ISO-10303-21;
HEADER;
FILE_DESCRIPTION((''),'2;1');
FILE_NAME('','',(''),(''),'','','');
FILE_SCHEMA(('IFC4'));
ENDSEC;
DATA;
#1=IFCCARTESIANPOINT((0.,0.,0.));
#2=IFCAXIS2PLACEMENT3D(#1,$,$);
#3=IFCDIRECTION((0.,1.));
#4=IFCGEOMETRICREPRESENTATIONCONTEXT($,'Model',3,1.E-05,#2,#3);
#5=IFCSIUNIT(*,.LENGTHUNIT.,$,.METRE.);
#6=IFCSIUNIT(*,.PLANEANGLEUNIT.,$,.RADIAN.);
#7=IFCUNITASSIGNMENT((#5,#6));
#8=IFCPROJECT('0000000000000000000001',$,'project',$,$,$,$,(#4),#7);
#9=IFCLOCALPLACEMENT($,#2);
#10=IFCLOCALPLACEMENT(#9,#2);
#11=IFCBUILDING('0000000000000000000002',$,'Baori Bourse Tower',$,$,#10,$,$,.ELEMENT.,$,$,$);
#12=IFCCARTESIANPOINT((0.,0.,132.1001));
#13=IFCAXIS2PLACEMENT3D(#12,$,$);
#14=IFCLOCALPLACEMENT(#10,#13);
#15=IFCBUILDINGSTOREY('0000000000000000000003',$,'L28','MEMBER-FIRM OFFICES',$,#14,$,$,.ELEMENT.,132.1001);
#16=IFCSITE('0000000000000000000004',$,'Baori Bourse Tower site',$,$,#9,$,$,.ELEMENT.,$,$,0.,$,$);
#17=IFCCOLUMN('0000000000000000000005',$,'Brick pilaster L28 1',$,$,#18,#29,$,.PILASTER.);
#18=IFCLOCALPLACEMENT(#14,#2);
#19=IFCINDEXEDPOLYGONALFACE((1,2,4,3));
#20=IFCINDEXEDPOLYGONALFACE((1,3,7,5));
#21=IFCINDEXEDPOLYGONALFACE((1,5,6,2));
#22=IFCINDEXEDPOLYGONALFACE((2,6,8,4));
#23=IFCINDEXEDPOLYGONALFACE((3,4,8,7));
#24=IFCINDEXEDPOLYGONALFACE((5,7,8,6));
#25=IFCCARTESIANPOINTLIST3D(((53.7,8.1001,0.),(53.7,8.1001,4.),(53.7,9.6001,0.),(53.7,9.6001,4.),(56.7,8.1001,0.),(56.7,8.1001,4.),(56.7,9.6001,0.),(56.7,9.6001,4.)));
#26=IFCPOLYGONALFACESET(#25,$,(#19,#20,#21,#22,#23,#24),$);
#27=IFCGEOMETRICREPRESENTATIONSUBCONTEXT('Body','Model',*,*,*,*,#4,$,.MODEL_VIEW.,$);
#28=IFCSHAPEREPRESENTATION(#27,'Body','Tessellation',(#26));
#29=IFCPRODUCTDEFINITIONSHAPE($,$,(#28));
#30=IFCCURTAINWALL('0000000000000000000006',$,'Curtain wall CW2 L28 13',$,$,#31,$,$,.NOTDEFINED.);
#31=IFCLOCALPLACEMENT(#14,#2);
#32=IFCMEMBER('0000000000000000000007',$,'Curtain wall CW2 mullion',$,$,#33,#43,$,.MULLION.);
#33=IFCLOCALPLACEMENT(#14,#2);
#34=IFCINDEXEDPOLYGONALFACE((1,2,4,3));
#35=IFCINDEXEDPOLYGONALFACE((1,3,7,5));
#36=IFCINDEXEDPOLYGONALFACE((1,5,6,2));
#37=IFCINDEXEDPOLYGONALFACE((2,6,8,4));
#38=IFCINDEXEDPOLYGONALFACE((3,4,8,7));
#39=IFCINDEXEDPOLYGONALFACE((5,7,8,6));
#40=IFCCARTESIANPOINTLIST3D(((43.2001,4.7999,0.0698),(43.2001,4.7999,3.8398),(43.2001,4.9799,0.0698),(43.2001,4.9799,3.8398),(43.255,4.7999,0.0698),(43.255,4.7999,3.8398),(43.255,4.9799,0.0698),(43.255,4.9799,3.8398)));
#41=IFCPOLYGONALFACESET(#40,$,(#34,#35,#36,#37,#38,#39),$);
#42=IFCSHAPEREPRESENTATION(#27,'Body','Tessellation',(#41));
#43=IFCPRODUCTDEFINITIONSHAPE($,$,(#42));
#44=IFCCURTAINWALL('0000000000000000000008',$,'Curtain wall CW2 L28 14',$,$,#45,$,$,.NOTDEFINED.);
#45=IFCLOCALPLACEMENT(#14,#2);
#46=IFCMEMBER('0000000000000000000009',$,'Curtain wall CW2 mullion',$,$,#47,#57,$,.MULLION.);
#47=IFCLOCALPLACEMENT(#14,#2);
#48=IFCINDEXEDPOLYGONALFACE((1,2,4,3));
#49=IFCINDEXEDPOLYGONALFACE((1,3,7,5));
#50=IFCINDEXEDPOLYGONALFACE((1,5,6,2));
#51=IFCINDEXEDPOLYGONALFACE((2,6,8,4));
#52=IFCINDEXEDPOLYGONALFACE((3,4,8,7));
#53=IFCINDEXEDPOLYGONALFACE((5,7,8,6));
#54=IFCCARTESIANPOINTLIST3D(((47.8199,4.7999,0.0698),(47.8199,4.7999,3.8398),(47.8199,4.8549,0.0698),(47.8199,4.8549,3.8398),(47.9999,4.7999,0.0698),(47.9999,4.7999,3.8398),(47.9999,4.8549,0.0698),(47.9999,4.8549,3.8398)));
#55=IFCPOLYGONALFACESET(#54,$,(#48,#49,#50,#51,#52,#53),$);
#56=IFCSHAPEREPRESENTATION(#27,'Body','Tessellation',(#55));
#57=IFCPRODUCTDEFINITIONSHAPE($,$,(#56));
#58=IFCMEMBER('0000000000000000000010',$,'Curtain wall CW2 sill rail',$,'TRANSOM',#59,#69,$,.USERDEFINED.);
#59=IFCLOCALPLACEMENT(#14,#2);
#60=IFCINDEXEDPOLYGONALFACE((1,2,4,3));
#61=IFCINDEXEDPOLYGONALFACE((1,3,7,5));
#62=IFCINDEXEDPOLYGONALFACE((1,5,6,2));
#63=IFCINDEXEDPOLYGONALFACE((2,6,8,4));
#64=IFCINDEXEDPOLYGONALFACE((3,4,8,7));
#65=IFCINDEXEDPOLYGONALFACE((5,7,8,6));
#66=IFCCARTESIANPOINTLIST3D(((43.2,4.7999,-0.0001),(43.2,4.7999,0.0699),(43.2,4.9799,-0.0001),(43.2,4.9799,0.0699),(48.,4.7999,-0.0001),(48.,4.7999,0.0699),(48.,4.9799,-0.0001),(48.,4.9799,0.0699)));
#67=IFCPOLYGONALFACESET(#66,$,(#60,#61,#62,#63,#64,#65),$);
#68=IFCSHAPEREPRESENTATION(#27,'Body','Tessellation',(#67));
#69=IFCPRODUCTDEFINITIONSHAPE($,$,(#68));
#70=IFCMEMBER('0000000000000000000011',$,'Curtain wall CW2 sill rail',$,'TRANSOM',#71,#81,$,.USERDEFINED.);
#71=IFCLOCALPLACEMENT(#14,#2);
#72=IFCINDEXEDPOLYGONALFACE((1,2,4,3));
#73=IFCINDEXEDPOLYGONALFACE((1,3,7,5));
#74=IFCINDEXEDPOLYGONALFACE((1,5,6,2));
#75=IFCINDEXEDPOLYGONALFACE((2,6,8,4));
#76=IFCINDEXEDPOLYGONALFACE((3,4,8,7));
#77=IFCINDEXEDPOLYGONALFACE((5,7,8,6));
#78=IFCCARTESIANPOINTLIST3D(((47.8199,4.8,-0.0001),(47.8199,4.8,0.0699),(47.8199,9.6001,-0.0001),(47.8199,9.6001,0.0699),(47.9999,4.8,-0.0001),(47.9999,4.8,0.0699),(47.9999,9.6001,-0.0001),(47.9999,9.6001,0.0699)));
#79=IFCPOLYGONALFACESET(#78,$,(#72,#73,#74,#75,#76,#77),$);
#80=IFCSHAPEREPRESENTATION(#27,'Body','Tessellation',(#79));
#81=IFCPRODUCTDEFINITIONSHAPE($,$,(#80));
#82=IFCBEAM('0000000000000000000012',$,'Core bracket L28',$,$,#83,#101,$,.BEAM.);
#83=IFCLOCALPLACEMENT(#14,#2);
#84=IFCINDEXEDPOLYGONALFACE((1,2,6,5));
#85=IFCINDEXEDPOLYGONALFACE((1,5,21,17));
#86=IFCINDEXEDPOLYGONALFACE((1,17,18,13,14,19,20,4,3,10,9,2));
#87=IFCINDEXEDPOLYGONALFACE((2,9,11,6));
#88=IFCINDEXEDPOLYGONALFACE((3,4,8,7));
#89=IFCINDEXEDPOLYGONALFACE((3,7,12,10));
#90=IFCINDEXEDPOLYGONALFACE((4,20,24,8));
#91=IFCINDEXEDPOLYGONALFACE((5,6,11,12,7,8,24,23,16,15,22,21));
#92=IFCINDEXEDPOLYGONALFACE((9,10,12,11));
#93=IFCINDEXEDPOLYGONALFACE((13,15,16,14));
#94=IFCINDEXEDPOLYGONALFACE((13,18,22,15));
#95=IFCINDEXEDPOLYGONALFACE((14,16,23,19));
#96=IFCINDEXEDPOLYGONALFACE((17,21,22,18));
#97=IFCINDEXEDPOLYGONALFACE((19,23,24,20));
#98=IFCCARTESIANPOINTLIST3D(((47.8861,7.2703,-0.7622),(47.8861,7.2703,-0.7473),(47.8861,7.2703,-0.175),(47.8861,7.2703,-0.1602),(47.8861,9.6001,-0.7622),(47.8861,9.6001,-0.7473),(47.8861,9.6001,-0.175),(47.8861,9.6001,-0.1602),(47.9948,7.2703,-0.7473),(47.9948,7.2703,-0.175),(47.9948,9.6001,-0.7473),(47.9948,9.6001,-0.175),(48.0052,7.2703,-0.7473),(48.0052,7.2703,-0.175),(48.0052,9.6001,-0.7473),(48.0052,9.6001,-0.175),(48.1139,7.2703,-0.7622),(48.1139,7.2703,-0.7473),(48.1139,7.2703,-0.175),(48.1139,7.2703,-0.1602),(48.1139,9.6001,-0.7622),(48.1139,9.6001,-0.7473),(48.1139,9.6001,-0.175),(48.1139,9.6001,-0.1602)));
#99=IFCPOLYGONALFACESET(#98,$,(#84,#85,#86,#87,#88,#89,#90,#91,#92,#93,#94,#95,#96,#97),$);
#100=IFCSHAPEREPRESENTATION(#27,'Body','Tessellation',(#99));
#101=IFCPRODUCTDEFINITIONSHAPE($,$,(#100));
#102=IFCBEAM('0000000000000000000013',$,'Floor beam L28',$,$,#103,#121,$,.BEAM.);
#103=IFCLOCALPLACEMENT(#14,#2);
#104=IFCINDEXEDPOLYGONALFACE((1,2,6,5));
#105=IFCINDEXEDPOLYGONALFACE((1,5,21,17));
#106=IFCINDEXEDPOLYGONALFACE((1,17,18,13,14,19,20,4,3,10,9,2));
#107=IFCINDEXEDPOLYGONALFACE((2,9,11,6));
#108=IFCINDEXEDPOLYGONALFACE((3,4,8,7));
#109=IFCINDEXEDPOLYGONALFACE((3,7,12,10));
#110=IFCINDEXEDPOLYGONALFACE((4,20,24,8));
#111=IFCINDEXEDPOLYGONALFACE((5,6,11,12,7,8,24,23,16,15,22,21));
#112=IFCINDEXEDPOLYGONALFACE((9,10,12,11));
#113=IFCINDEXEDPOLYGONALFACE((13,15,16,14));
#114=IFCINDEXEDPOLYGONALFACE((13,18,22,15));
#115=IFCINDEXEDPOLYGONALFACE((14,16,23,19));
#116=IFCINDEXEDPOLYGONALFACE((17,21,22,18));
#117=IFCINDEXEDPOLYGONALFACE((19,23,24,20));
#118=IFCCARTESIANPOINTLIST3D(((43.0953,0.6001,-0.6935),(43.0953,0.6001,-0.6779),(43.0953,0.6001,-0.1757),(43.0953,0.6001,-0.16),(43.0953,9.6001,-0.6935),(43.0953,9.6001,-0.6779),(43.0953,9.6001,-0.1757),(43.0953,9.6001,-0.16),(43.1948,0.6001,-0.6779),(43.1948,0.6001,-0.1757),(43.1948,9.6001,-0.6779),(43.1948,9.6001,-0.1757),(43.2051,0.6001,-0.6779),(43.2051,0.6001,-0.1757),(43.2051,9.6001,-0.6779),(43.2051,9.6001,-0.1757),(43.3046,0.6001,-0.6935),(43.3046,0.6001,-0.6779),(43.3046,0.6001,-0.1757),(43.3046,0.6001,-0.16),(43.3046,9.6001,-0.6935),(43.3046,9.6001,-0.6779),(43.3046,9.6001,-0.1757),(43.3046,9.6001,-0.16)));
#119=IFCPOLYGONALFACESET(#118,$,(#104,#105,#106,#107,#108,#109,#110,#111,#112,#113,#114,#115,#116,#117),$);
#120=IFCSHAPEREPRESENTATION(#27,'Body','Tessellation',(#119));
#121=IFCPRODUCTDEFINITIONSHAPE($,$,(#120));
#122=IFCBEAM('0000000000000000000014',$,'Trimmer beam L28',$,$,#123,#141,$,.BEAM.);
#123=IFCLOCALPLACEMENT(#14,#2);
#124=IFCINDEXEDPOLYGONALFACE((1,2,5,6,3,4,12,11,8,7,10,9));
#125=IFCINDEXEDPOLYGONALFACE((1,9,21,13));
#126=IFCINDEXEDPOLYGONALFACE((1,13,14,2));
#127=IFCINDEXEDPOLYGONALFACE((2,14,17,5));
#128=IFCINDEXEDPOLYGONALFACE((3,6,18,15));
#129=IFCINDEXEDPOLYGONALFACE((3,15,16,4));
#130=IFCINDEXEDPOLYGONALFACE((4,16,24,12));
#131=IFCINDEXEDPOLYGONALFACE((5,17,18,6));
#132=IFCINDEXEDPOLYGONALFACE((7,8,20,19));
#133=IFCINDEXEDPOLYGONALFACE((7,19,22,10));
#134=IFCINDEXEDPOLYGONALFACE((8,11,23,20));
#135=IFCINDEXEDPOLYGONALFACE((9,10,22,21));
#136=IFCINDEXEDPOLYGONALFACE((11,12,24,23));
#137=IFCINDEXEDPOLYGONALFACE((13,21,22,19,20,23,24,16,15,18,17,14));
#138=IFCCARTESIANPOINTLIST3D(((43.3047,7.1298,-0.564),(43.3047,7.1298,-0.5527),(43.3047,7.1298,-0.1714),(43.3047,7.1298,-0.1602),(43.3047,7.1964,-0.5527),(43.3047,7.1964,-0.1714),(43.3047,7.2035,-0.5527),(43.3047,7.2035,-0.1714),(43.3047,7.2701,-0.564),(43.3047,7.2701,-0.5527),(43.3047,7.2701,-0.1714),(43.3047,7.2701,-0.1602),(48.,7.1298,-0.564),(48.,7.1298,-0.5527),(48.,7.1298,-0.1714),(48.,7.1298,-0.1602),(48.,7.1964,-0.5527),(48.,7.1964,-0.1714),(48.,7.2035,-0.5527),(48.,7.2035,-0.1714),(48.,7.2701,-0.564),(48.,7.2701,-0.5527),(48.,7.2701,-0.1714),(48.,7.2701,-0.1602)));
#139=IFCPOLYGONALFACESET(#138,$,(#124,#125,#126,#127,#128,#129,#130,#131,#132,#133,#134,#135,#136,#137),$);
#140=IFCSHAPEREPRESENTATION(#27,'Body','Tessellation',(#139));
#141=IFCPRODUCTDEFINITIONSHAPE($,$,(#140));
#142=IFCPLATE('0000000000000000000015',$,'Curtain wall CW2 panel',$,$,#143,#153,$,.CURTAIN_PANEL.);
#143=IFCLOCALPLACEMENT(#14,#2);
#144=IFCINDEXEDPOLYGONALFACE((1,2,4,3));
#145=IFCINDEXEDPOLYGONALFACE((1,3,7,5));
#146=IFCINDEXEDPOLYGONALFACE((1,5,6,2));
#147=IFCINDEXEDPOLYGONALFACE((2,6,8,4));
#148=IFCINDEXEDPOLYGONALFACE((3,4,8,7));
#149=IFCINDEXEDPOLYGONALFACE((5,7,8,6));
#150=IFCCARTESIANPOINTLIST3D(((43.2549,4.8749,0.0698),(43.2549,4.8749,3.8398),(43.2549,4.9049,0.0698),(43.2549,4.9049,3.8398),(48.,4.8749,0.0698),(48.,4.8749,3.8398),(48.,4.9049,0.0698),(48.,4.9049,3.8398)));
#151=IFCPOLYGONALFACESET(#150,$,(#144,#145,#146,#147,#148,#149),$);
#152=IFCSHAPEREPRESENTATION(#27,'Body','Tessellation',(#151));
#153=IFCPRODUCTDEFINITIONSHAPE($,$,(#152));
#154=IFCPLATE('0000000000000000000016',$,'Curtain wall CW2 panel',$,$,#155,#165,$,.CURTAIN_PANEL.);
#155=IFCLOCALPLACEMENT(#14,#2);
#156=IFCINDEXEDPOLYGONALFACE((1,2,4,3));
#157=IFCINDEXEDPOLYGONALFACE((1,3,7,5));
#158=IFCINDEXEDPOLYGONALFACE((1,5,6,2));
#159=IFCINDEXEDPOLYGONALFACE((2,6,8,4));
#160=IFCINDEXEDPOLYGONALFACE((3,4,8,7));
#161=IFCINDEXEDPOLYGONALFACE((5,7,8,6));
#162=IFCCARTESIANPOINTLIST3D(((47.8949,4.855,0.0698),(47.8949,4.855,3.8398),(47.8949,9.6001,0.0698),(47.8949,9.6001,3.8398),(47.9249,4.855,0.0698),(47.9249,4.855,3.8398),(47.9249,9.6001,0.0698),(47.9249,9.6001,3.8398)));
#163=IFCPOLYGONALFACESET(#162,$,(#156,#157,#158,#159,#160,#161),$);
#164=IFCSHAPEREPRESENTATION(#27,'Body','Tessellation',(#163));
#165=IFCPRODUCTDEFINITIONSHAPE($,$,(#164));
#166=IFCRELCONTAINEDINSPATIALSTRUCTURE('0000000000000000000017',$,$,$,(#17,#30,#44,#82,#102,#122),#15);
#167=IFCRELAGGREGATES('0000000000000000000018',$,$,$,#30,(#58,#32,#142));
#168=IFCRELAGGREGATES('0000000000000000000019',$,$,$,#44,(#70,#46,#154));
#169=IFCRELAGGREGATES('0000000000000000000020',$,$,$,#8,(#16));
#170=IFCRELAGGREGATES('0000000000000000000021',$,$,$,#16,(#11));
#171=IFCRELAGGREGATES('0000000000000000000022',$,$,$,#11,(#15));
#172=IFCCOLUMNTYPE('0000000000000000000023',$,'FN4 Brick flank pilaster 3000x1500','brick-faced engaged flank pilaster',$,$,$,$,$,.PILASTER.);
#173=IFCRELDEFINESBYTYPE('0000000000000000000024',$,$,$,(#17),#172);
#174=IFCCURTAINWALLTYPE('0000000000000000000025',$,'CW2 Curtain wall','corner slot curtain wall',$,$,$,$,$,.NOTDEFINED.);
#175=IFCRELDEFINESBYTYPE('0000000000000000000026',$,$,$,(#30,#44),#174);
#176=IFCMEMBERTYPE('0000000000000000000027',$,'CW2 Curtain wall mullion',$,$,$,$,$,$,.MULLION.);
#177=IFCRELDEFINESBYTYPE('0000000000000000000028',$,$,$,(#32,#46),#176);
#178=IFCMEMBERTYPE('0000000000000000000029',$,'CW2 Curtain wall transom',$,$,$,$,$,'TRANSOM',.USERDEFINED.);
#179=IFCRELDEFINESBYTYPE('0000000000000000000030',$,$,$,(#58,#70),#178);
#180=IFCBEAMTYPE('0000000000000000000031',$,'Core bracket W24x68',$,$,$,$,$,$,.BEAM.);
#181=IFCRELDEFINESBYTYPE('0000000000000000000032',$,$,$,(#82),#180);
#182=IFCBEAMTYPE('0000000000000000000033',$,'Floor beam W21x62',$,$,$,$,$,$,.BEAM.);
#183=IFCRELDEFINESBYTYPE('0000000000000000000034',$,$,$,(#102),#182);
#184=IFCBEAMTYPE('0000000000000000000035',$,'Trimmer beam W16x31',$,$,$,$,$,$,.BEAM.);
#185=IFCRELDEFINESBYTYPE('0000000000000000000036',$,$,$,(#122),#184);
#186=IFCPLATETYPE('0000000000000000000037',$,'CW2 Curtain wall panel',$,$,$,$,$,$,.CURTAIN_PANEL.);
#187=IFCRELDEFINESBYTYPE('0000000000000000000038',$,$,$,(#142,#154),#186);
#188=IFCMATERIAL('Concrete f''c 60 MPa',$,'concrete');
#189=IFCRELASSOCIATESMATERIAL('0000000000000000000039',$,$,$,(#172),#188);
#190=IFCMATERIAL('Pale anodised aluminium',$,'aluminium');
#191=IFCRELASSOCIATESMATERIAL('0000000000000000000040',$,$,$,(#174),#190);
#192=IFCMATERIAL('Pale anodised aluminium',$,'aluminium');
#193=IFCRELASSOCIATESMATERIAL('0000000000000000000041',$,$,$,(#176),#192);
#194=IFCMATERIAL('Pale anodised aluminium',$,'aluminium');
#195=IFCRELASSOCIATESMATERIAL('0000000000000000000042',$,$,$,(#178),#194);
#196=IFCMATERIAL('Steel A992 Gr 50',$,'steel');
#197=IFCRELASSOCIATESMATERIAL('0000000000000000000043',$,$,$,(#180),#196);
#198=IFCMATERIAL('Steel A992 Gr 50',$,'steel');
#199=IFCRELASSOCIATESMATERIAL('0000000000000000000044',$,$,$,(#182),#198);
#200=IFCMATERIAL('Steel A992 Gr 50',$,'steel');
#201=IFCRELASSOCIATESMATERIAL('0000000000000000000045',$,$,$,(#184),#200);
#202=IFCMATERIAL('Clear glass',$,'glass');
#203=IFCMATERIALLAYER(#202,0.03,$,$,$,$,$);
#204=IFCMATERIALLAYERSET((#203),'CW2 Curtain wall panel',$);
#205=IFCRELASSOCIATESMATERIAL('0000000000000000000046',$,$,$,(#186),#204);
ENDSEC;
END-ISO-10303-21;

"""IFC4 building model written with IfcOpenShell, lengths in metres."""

from ifc_helpers import new_model, si_unit, direction, frame, origin, origin_2d, place, context, subcontext, project, spatial, rectangle, i_section, extrude, material, layer, layer_set, material_profile, profile_set, type_object, element, aggregate, save


model = new_model("IFC4")

# Units and contexts
model_context = context("Model", 3, precision=1e-05, world=origin(), true_north=direction((0.0, 1.0)))
body_context = subcontext(model_context, "Body", "Model", "MODEL_VIEW")
ifc_project = project(units=[si_unit("LENGTHUNIT", "METRE"), si_unit("PLANEANGLEUNIT", "RADIAN")], contexts=[model_context])

# Site, building, storey
site_placement = place(None, origin())
site = spatial("IfcSite", under=ifc_project, at=site_placement, Name="Baori Bourse Tower site", CompositionType="ELEMENT", RefElevation=0.0)
building_placement = place(site_placement, origin())
building = spatial("IfcBuilding", under=site, at=building_placement, Name="Baori Bourse Tower", CompositionType="ELEMENT")
storey_placement = place(building_placement, frame((0.0, 0.0, 132.1001)))
storey = spatial("IfcBuildingStorey", under=building, at=storey_placement, Name="L28", Description="MEMBER-FIRM OFFICES", CompositionType="ELEMENT", Elevation=132.1001)

# Column
ifc_material_1 = material(Name="Concrete f'c 60 MPa", Category="concrete")
ifc_material_profile_1 = material_profile(ifc_material_1, rectangle(XDim=3.0, YDim=1.5, at=origin_2d()), Name="RC 3000x1500")
ifc_profile_set_1 = profile_set([ifc_material_profile_1], Name="Concrete f'c 60 MPa")
column_type = type_object("IfcColumnType", Name="FN4 Brick flank pilaster 3000x1500", Description="brick-faced engaged flank pilaster", PredefinedType="PILASTER", material=ifc_profile_set_1)
column_placement = place(storey_placement, frame((55.2, 8.8501, 0.0), z_axis=(0.0, 0.0, 1.0), x_axis=(1.0, 0.0, 0.0)))
element("IfcColumn", 1, at=column_placement, inside=storey, type_object=column_type, Name="Brick pilaster L28 1", PredefinedType="PILASTER", context=body_context, shape_type="SweptSolid", body=[
    extrude(rectangle(XDim=3.0, YDim=1.5, at=origin_2d()), origin(), (0.0, 0.0, 1.0), 4.0),
])

# Curtain walls, members
ifc_material_2 = material(Name="Pale anodised aluminium", Category="aluminium")
curtain_wall_type = type_object("IfcCurtainWallType", Name="CW2 Curtain wall", Description="corner slot curtain wall", PredefinedType="NOTDEFINED", material=ifc_material_2)
curtain_wall_1_placement = place(storey_placement, origin())
curtain_wall_1 = element("IfcCurtainWall", 2, at=curtain_wall_1_placement, inside=storey, type_object=curtain_wall_type, Name="Curtain wall CW2 L28 13", PredefinedType="NOTDEFINED")
ifc_material_3 = material(Name="Pale anodised aluminium", Category="aluminium")
ifc_material_profile_2 = material_profile(ifc_material_3, rectangle(XDim=0.1799, YDim=0.0549, at=origin_2d()), Name="Mullion 55x180")
ifc_profile_set_2 = profile_set([ifc_material_profile_2], Name="Pale anodised aluminium")
member_type_1 = type_object("IfcMemberType", Name="CW2 Curtain wall mullion", PredefinedType="MULLION", material=ifc_profile_set_2)
member_1_placement = place(storey_placement, frame((43.2275, 4.8899, 0.0698), z_axis=(0.0, 0.0, 1.0), x_axis=(0.0, 1.0, 0.0)))
member_1 = element("IfcMember", 3, at=member_1_placement, type_object=member_type_1, Name="Curtain wall CW2 mullion", PredefinedType="MULLION", context=body_context, shape_type="SweptSolid", body=[
    extrude(rectangle(XDim=0.1799, YDim=0.0549, at=origin_2d()), origin(), (0.0, 0.0, 1.0), 3.77),
])
curtain_wall_2_placement = place(storey_placement, origin())
curtain_wall_2 = element("IfcCurtainWall", 4, at=curtain_wall_2_placement, inside=storey, type_object=curtain_wall_type, Name="Curtain wall CW2 L28 14", PredefinedType="NOTDEFINED")
member_2_placement = place(storey_placement, frame((47.9099, 4.8274, 0.0698), z_axis=(0.0, 0.0, 1.0), x_axis=(-1.0, 0.0, 0.0)))
member_2 = element("IfcMember", 5, at=member_2_placement, type_object=member_type_1, Name="Curtain wall CW2 mullion", PredefinedType="MULLION", context=body_context, shape_type="SweptSolid", body=[
    extrude(rectangle(XDim=0.1799, YDim=0.0549, at=origin_2d()), origin(), (0.0, 0.0, 1.0), 3.77),
])

# Members
ifc_material_4 = material(Name="Pale anodised aluminium", Category="aluminium")
ifc_material_profile_3 = material_profile(ifc_material_4, rectangle(XDim=0.1799, YDim=0.0701, at=origin_2d()), Name="Transom 70x180")
ifc_profile_set_3 = profile_set([ifc_material_profile_3], Name="Pale anodised aluminium")
member_type_2 = type_object("IfcMemberType", Name="CW2 Curtain wall transom", ElementType="TRANSOM", PredefinedType="USERDEFINED", material=ifc_profile_set_3)
member_3_placement = place(storey_placement, frame((43.2, 4.8899, 0.0349), z_axis=(1.0, 0.0, 0.0), x_axis=(0.0, 1.0, 0.0)))
member_3 = element("IfcMember", 6, at=member_3_placement, type_object=member_type_2, Name="Curtain wall CW2 sill rail", ObjectType="TRANSOM", PredefinedType="USERDEFINED", context=body_context, shape_type="SweptSolid", body=[
    extrude(rectangle(XDim=0.1799, YDim=0.0701, at=origin_2d()), origin(), (0.0, 0.0, 1.0), 4.8),
])
member_4_placement = place(storey_placement, frame((47.9099, 4.8, 0.0349), z_axis=(0.0, 1.0, 0.0), x_axis=(-1.0, 0.0, 0.0)))
member_4 = element("IfcMember", 7, at=member_4_placement, type_object=member_type_2, Name="Curtain wall CW2 sill rail", ObjectType="TRANSOM", PredefinedType="USERDEFINED", context=body_context, shape_type="SweptSolid", body=[
    extrude(rectangle(XDim=0.1799, YDim=0.0701, at=origin_2d()), origin(), (0.0, 0.0, 1.0), 4.8),
])

# Beams
ifc_material_5 = material(Name="Steel A992 Gr 50", Category="steel")
ifc_material_profile_4 = material_profile(ifc_material_5, i_section(OverallWidth=0.2278, OverallDepth=0.6021, WebThickness=0.0105, FlangeThickness=0.0149, at=origin_2d()), Name="W24x68")
ifc_profile_set_4 = profile_set([ifc_material_profile_4], Name="Steel A992 Gr 50")
beam_type_1 = type_object("IfcBeamType", Name="Core bracket W24x68", PredefinedType="BEAM", material=ifc_profile_set_4)
beam_1_placement = place(storey_placement, frame((48.0, 7.2703, -0.4612), z_axis=(0.0, 1.0, 0.0), x_axis=(-1.0, 0.0, 0.0)))
element("IfcBeam", 8, at=beam_1_placement, inside=storey, type_object=beam_type_1, Name="Core bracket L28", PredefinedType="BEAM", context=body_context, shape_type="SweptSolid", body=[
    extrude(i_section(OverallWidth=0.2278, OverallDepth=0.6021, WebThickness=0.0105, FlangeThickness=0.0149, at=origin_2d()), origin(), (0.0, 0.0, 1.0), 2.3298),
])
ifc_material_6 = material(Name="Steel A992 Gr 50", Category="steel")
ifc_material_profile_5 = material_profile(ifc_material_6, i_section(OverallWidth=0.2092, OverallDepth=0.5334, WebThickness=0.0103, FlangeThickness=0.0156, at=origin_2d()), Name="W21x62")
ifc_profile_set_5 = profile_set([ifc_material_profile_5], Name="Steel A992 Gr 50")
beam_type_2 = type_object("IfcBeamType", Name="Floor beam W21x62", PredefinedType="BEAM", material=ifc_profile_set_5)
beam_2_placement = place(storey_placement, frame((43.2, 0.6001, -0.4268), z_axis=(0.0, 1.0, 0.0), x_axis=(-1.0, 0.0, 0.0)))
element("IfcBeam", 9, at=beam_2_placement, inside=storey, type_object=beam_type_2, Name="Floor beam L28", PredefinedType="BEAM", context=body_context, shape_type="SweptSolid", body=[
    extrude(i_section(OverallWidth=0.2092, OverallDepth=0.5334, WebThickness=0.0103, FlangeThickness=0.0156, at=origin_2d()), origin(), (0.0, 0.0, 1.0), 9.0),
])
ifc_material_7 = material(Name="Steel A992 Gr 50", Category="steel")
ifc_material_profile_6 = material_profile(ifc_material_7, i_section(OverallWidth=0.1404, OverallDepth=0.4038, WebThickness=0.0071, FlangeThickness=0.0112, at=origin_2d()), Name="W16x31")
ifc_profile_set_6 = profile_set([ifc_material_profile_6], Name="Steel A992 Gr 50")
beam_type_3 = type_object("IfcBeamType", Name="Trimmer beam W16x31", PredefinedType="BEAM", material=ifc_profile_set_6)
beam_3_placement = place(storey_placement, frame((43.3047, 7.2, -0.3621), z_axis=(1.0, 0.0, 0.0), x_axis=(0.0, 1.0, 0.0)))
element("IfcBeam", 10, at=beam_3_placement, inside=storey, type_object=beam_type_3, Name="Trimmer beam L28", PredefinedType="BEAM", context=body_context, shape_type="SweptSolid", body=[
    extrude(i_section(OverallWidth=0.1404, OverallDepth=0.4038, WebThickness=0.0071, FlangeThickness=0.0112, at=origin_2d()), origin(), (0.0, 0.0, 1.0), 4.6953),
])

# Plates
ifc_material_8 = material(Name="Clear glass", Category="glass")
ifc_layer_1 = layer(ifc_material_8, 0.03)
ifc_layer_set_1 = layer_set([ifc_layer_1], Name="CW2 Curtain wall panel")
plate_type = type_object("IfcPlateType", Name="CW2 Curtain wall panel", PredefinedType="CURTAIN_PANEL", material=ifc_layer_set_1)
plate_1_placement = place(storey_placement, frame((45.6274, 4.8899, 0.0698), z_axis=(0.0, 0.0, 1.0), x_axis=(1.0, 0.0, 0.0)))
plate_1 = element("IfcPlate", 11, at=plate_1_placement, type_object=plate_type, Name="Curtain wall CW2 panel", PredefinedType="CURTAIN_PANEL", context=body_context, shape_type="SweptSolid", body=[
    extrude(rectangle(XDim=4.7451, YDim=0.03, at=origin_2d()), origin(), (0.0, 0.0, 1.0), 3.77),
])
aggregate(curtain_wall_1, [member_3, member_1, plate_1])
plate_2_placement = place(storey_placement, frame((47.9099, 7.2275, 0.0698), z_axis=(0.0, 0.0, 1.0), x_axis=(0.0, 1.0, 0.0)))
plate_2 = element("IfcPlate", 12, at=plate_2_placement, type_object=plate_type, Name="Curtain wall CW2 panel", PredefinedType="CURTAIN_PANEL", context=body_context, shape_type="SweptSolid", body=[
    extrude(rectangle(XDim=4.7451, YDim=0.03, at=origin_2d()), origin(), (0.0, 0.0, 1.0), 3.77),
])
aggregate(curtain_wall_2, [member_4, member_2, plate_2])

save(model, "model.ifc")
